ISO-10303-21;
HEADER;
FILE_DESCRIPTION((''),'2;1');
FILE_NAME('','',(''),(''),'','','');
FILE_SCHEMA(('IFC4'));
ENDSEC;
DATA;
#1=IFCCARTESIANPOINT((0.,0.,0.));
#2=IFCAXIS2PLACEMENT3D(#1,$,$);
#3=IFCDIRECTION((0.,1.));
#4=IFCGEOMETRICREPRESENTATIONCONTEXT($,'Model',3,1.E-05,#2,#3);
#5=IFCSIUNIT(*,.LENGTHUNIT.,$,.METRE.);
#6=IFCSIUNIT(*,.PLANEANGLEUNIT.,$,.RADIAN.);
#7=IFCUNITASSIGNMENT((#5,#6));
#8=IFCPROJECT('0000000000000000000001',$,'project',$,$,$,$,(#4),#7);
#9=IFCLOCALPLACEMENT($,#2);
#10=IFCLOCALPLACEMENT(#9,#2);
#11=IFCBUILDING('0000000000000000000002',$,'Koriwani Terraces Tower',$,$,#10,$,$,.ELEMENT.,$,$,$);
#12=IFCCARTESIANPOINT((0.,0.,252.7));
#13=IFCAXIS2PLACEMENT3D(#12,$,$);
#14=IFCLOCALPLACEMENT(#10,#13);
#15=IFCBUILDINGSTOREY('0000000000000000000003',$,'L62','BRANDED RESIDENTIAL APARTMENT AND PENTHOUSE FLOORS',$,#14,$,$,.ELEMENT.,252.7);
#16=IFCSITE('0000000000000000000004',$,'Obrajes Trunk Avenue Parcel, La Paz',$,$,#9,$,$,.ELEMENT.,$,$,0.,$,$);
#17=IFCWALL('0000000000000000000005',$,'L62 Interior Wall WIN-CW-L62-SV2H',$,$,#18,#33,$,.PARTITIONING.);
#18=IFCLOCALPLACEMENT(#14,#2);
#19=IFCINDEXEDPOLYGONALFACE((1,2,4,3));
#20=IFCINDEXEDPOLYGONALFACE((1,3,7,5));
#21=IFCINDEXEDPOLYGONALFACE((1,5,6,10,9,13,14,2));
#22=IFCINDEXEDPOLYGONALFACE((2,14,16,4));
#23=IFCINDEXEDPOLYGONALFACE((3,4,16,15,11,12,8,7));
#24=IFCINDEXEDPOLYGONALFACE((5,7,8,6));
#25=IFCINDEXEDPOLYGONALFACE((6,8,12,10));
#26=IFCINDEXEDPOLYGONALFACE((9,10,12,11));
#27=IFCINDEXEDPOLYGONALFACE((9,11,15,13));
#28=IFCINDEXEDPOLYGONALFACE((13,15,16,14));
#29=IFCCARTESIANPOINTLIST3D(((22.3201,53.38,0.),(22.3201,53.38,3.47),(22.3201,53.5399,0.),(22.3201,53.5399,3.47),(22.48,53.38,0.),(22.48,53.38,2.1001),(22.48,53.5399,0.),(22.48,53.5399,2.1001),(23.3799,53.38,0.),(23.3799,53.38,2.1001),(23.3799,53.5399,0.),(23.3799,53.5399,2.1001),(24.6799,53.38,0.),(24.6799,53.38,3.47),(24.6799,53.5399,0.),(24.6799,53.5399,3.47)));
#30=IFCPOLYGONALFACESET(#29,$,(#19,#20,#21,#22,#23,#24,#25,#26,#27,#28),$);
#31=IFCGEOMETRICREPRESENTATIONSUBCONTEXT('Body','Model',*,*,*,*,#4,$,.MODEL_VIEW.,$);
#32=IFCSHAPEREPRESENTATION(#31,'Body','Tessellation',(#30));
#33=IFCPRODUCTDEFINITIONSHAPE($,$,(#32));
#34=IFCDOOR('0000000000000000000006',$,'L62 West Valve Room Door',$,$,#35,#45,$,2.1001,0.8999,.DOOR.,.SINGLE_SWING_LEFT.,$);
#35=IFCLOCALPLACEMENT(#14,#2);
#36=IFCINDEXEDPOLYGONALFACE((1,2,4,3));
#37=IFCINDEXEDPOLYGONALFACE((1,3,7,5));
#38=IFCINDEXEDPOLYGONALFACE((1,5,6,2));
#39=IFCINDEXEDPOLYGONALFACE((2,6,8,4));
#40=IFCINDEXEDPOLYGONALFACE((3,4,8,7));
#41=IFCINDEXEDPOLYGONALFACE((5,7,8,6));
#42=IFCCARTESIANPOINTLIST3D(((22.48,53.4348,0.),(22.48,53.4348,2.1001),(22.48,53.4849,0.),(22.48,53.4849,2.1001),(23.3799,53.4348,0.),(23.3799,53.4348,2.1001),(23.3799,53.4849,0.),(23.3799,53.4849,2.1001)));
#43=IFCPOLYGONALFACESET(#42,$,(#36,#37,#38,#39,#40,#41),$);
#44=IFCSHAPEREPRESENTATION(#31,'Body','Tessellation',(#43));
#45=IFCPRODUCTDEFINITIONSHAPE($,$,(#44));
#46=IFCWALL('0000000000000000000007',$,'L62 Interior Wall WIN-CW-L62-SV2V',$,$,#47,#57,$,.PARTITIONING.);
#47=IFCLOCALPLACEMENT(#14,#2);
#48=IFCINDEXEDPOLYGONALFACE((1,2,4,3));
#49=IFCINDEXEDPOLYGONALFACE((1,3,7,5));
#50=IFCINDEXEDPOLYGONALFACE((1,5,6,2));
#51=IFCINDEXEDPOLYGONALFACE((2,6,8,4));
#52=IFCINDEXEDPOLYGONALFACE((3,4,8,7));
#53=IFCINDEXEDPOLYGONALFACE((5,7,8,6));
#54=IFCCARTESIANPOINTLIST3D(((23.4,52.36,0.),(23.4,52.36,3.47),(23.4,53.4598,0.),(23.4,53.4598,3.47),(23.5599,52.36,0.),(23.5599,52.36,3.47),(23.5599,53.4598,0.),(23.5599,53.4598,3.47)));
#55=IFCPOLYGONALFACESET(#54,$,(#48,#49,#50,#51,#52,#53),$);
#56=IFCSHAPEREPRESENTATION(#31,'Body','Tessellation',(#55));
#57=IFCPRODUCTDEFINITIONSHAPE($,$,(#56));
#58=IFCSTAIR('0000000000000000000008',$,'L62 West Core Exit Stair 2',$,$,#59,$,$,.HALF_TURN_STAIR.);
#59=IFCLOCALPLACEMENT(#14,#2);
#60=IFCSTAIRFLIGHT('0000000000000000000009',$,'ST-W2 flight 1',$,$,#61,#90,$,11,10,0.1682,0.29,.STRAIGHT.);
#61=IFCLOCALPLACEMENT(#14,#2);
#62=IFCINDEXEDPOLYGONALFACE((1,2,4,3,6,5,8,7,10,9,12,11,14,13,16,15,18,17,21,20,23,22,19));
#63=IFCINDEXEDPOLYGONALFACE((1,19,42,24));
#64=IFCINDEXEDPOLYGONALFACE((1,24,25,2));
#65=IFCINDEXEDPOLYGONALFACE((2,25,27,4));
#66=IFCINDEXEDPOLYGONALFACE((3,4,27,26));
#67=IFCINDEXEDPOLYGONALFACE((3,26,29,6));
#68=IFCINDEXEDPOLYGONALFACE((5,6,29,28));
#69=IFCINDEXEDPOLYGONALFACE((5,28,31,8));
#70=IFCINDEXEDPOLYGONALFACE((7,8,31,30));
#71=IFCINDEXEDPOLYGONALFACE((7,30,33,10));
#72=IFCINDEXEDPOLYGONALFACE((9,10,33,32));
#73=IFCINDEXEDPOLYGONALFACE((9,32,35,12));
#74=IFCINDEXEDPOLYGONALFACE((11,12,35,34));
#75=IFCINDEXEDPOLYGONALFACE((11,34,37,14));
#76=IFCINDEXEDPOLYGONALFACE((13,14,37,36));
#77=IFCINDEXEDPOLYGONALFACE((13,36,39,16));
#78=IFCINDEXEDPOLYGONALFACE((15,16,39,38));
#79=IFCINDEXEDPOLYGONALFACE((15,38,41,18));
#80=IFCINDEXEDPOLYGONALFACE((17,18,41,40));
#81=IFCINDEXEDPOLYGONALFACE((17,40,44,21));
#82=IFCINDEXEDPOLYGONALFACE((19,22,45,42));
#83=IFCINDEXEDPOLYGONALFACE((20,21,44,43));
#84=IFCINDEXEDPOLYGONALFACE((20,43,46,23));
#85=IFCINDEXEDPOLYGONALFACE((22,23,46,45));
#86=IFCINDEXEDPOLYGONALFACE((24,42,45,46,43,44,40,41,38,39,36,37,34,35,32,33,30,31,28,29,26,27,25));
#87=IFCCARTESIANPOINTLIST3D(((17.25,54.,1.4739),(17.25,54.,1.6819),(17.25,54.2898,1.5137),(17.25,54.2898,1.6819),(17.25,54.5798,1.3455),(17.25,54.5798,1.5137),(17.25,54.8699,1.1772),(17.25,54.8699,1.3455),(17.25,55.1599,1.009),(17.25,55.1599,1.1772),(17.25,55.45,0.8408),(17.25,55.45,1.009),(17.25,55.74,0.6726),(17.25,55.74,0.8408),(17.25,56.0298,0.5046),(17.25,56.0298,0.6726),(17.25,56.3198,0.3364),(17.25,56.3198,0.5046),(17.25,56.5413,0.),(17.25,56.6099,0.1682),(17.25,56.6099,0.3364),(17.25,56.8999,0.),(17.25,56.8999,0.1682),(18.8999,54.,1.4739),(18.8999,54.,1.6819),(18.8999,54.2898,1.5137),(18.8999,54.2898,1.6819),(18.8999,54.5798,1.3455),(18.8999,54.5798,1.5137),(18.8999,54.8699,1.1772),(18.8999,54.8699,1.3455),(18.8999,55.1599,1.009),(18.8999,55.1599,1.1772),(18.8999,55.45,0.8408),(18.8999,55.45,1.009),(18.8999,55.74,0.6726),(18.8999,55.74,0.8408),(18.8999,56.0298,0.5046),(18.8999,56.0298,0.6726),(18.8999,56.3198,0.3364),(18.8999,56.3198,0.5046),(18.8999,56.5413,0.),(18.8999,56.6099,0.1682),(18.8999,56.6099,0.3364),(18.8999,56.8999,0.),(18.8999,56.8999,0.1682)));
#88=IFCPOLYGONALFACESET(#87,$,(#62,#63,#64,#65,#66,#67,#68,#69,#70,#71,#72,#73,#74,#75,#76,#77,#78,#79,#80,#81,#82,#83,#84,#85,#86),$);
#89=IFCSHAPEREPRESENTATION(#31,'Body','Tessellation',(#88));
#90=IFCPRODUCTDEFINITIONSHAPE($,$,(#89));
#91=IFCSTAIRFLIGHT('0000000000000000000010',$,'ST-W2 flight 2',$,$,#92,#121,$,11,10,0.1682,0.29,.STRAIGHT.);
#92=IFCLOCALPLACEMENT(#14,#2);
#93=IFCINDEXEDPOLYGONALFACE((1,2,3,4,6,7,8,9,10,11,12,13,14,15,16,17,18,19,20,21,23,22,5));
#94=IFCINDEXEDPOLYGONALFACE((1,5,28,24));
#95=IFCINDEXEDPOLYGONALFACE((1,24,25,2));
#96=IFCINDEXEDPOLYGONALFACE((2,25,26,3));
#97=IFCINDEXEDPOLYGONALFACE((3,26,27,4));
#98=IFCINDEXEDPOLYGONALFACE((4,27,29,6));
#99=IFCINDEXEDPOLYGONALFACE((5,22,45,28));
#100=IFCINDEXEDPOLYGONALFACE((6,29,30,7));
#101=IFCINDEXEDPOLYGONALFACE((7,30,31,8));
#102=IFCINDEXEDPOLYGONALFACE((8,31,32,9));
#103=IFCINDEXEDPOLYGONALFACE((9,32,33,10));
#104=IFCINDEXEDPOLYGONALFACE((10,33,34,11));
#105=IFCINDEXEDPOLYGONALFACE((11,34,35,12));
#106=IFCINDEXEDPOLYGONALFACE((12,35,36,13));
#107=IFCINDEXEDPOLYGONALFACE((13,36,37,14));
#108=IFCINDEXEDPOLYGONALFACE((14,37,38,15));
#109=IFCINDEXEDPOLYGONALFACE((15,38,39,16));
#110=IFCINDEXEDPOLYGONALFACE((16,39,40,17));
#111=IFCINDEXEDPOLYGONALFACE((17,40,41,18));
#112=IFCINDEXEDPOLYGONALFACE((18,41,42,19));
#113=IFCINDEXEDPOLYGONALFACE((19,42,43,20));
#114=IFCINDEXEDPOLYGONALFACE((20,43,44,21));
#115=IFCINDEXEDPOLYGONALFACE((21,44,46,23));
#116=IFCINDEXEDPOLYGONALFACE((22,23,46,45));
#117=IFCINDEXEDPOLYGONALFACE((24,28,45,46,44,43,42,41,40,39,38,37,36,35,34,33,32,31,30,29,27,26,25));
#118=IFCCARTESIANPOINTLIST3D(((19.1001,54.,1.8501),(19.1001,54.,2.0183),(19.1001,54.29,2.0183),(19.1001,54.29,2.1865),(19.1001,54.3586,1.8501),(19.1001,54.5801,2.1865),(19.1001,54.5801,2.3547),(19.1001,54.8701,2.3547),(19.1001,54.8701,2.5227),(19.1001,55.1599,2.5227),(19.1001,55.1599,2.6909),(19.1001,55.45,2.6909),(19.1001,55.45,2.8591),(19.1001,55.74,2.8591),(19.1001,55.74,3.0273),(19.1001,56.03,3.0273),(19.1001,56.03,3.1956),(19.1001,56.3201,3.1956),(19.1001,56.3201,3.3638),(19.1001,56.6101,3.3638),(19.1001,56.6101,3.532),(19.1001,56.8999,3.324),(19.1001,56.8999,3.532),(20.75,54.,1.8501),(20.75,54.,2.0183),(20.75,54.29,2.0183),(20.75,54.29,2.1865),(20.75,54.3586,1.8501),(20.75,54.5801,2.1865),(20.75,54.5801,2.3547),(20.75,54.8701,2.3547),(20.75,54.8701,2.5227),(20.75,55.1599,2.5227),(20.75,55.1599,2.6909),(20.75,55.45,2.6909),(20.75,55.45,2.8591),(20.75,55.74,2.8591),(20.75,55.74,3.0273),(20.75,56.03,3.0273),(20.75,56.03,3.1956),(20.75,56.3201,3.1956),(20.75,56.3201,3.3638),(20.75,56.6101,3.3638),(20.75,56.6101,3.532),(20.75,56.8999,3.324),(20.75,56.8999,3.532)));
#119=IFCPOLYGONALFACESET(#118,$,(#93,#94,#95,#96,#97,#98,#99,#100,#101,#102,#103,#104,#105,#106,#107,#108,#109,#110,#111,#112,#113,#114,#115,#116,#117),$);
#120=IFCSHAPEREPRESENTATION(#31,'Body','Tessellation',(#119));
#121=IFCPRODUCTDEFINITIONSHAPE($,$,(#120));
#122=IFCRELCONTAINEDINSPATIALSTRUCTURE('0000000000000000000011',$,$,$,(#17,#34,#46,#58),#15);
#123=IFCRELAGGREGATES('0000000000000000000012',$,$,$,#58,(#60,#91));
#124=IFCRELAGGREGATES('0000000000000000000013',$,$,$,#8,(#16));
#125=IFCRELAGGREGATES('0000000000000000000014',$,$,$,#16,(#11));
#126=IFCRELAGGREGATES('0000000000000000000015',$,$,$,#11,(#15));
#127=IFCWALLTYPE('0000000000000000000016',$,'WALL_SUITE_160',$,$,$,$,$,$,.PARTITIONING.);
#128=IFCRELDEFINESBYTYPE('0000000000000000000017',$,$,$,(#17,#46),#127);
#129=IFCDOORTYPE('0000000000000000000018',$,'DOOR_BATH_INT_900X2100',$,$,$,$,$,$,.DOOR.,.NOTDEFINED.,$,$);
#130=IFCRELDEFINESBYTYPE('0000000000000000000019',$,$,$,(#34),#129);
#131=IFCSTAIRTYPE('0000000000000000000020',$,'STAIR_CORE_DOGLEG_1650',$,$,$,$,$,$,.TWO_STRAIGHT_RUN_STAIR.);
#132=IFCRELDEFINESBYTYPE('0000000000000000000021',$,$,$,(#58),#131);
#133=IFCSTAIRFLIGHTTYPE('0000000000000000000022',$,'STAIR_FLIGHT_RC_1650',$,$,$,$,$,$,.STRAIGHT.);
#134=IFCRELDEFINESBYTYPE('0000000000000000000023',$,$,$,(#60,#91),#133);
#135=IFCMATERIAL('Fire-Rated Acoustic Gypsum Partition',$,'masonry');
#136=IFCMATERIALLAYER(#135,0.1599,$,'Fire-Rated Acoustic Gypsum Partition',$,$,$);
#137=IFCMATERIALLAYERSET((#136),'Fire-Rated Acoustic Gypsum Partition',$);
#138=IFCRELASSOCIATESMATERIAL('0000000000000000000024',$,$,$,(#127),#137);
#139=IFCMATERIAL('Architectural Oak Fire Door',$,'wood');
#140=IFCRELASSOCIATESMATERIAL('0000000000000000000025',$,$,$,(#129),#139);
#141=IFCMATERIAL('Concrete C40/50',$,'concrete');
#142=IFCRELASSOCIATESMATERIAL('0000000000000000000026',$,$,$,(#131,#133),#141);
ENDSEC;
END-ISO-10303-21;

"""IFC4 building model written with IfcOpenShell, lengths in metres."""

from ifc_helpers import new_model, si_unit, direction, frame, frame_2d, origin, place, context, subcontext, project, spatial, polyline, rectangle, outline, extrude, material, layer, layer_set, type_object, element, fill, aggregate, save


model = new_model("IFC4")

# Units and contexts
model_context = context("Model", 3, precision=1e-05, world=origin(), true_north=direction((0.0, 1.0)))
body_context = subcontext(model_context, "Body", "Model", "MODEL_VIEW")
ifc_project = project(units=[si_unit("LENGTHUNIT", "METRE"), si_unit("PLANEANGLEUNIT", "RADIAN")], contexts=[model_context])

# Site, building, storey
site_placement = place(None, origin())
site = spatial("IfcSite", under=ifc_project, at=site_placement, Name="Obrajes Trunk Avenue Parcel, La Paz", CompositionType="ELEMENT", RefElevation=0.0)
building_placement = place(site_placement, origin())
building = spatial("IfcBuilding", under=site, at=building_placement, Name="Koriwani Terraces Tower", CompositionType="ELEMENT")
storey_placement = place(building_placement, frame((0.0, 0.0, 252.7)))
storey = spatial("IfcBuildingStorey", under=building, at=storey_placement, Name="L62", Description="BRANDED RESIDENTIAL APARTMENT AND PENTHOUSE FLOORS", CompositionType="ELEMENT", Elevation=252.7)

# Shared definitions
ifc_material_1 = material(Name="Concrete C40/50", Category="concrete")

# Wall, opening, door
ifc_material_2 = material(Name="Fire-Rated Acoustic Gypsum Partition", Category="masonry")
ifc_layer_1 = layer(ifc_material_2, 0.1599, Name="Fire-Rated Acoustic Gypsum Partition")
ifc_layer_set_1 = layer_set([ifc_layer_1], Name="Fire-Rated Acoustic Gypsum Partition")
wall_type_1 = type_object("IfcWallType", Name="WALL_SUITE_160", PredefinedType="PARTITIONING", material=ifc_layer_set_1)
ifc_material_3 = material(Name="Architectural Oak Fire Door", Category="wood")
door_type_1 = type_object("IfcDoorType", Name="DOOR_BATH_INT_900X2100", OperationType="NOTDEFINED", PredefinedType="DOOR", material=ifc_material_3)
wall_1_placement = place(storey_placement, frame((22.3201, 53.46, 0.0), z_axis=(0.0, 0.0, 1.0), x_axis=(1.0, 0.0, 0.0)))
wall_1 = element("IfcWall", 1, at=wall_1_placement, inside=storey, type_object=wall_type_1, Name="L62 Interior Wall WIN-CW-L62-SV2H", PredefinedType="PARTITIONING", context=body_context, shape_type="SweptSolid", body=[
    extrude(rectangle(XDim=2.3599, YDim=0.1599, at=frame_2d((1.1799, 0.0))), origin(), (0.0, 0.0, 1.0), 3.47),
])
opening_1_placement = place(wall_1_placement, frame((0.1599, 0.0, 0.0)))
opening_1 = element("IfcOpeningElement", 2, at=opening_1_placement, cuts=wall_1, PredefinedType="OPENING", context=body_context, shape_type="SweptSolid", body=[
    extrude(rectangle(XDim=0.8999, YDim=2.1001, at=frame_2d((0.45, 1.05))), frame((0.0, 0.0898, 0.0), z_axis=(0.0, -1.0, 0.0), x_axis=(1.0, 0.0, 0.0)), (0.0, 0.0, 1.0), 0.1799),
])
door_1_placement = place(opening_1_placement, origin())
door_1 = element("IfcDoor", 3, at=door_1_placement, inside=storey, type_object=door_type_1, Name="L62 West Valve Room Door", OperationType="SINGLE_SWING_LEFT", OverallHeight=2.1001, OverallWidth=0.8999, PredefinedType="DOOR", context=body_context, shape_type="SweptSolid", body=[
    extrude(rectangle(XDim=0.8999, YDim=2.1001, at=frame_2d((0.45, 1.05))), frame((0.0, 0.0249, 0.0), z_axis=(0.0, -1.0, 0.0), x_axis=(1.0, 0.0, 0.0)), (0.0, 0.0, 1.0), 0.05),
])
fill(opening_1, door_1)

# Wall
wall_2_placement = place(storey_placement, frame((23.48, 52.3601, 0.0), z_axis=(0.0, 0.0, 1.0), x_axis=(0.0, 1.0, 0.0)))
element("IfcWall", 4, at=wall_2_placement, inside=storey, type_object=wall_type_1, Name="L62 Interior Wall WIN-CW-L62-SV2V", PredefinedType="PARTITIONING", context=body_context, shape_type="SweptSolid", body=[
    extrude(rectangle(XDim=1.0999, YDim=0.1599, at=frame_2d((0.5498, 0.0))), origin(), (0.0, 0.0, 1.0), 3.47),
])

# Stair, stair flights
stair_type = type_object("IfcStairType", Name="STAIR_CORE_DOGLEG_1650", PredefinedType="TWO_STRAIGHT_RUN_STAIR", material=ifc_material_1)
stair_placement = place(storey_placement, origin())
stair = element("IfcStair", 5, at=stair_placement, inside=storey, type_object=stair_type, Name="L62 West Core Exit Stair 2", PredefinedType="HALF_TURN_STAIR")
stair_flight_type = type_object("IfcStairFlightType", Name="STAIR_FLIGHT_RC_1650", PredefinedType="STRAIGHT", material=ifc_material_1)
stair_flight_1_placement = place(storey_placement, frame((18.075, 56.8999, 0.0), z_axis=(0.0, 0.0, 1.0), x_axis=(0.0, -1.0, 0.0)))
stair_flight_1 = element("IfcStairFlight", 6, at=stair_flight_1_placement, type_object=stair_flight_type, Name="ST-W2 flight 1", NumberOfRisers=11, NumberOfTreads=10, PredefinedType="STRAIGHT", RiserHeight=0.1682, TreadLength=0.29, context=body_context, shape_type="SweptSolid", body=[
    extrude(outline(polyline([(0.0, 0.0), (0.0, 0.1682), (0.29, 0.1682), (0.29, 0.3364), (0.5801, 0.3364), (0.5801, 0.5046), (0.8701, 0.5046), (0.8701, 0.6726), (1.1599, 0.6726), (1.1599, 0.8408), (1.45, 0.8408), (1.45, 1.009), (1.74, 1.009), (1.74, 1.1772), (2.03, 1.1772), (2.03, 1.3455), (2.3201, 1.3455), (2.3201, 1.5137), (2.6101, 1.5137), (2.6101, 1.6819), (2.8999, 1.6819), (2.8999, 1.8501), (2.8999, 1.4739), (0.3586, 0.0), (0.0, 0.0)])), frame((0.0, 0.825, 0.0), z_axis=(0.0, -1.0, 0.0), x_axis=(1.0, 0.0, 0.0)), (0.0, 0.0, 1.0), 1.6499),
])
stair_flight_2_placement = place(storey_placement, frame((19.925, 54.0, 1.8501), z_axis=(0.0, 0.0, 1.0), x_axis=(0.0, 1.0, 0.0)))
stair_flight_2 = element("IfcStairFlight", 7, at=stair_flight_2_placement, type_object=stair_flight_type, Name="ST-W2 flight 2", NumberOfRisers=11, NumberOfTreads=10, PredefinedType="STRAIGHT", RiserHeight=0.1682, TreadLength=0.29, context=body_context, shape_type="SweptSolid", body=[
    extrude(outline(polyline([(0.0, 0.0), (0.0, 0.1682), (0.29, 0.1682), (0.29, 0.3364), (0.5801, 0.3364), (0.5801, 0.5046), (0.8701, 0.5046), (0.8701, 0.6726), (1.1599, 0.6726), (1.1599, 0.8408), (1.45, 0.8408), (1.45, 1.009), (1.74, 1.009), (1.74, 1.1772), (2.03, 1.1772), (2.03, 1.3455), (2.3201, 1.3455), (2.3201, 1.5137), (2.6101, 1.5137), (2.6101, 1.6819), (2.8999, 1.6819), (2.8999, 1.8501), (2.8999, 1.4739), (0.3586, 0.0), (0.0, 0.0)])), frame((0.0, 0.825, 0.0), z_axis=(0.0, -1.0, 0.0), x_axis=(1.0, 0.0, 0.0)), (0.0, 0.0, 1.0), 1.6499),
])
aggregate(stair, [stair_flight_1, stair_flight_2])

save(model, "model.ifc")
